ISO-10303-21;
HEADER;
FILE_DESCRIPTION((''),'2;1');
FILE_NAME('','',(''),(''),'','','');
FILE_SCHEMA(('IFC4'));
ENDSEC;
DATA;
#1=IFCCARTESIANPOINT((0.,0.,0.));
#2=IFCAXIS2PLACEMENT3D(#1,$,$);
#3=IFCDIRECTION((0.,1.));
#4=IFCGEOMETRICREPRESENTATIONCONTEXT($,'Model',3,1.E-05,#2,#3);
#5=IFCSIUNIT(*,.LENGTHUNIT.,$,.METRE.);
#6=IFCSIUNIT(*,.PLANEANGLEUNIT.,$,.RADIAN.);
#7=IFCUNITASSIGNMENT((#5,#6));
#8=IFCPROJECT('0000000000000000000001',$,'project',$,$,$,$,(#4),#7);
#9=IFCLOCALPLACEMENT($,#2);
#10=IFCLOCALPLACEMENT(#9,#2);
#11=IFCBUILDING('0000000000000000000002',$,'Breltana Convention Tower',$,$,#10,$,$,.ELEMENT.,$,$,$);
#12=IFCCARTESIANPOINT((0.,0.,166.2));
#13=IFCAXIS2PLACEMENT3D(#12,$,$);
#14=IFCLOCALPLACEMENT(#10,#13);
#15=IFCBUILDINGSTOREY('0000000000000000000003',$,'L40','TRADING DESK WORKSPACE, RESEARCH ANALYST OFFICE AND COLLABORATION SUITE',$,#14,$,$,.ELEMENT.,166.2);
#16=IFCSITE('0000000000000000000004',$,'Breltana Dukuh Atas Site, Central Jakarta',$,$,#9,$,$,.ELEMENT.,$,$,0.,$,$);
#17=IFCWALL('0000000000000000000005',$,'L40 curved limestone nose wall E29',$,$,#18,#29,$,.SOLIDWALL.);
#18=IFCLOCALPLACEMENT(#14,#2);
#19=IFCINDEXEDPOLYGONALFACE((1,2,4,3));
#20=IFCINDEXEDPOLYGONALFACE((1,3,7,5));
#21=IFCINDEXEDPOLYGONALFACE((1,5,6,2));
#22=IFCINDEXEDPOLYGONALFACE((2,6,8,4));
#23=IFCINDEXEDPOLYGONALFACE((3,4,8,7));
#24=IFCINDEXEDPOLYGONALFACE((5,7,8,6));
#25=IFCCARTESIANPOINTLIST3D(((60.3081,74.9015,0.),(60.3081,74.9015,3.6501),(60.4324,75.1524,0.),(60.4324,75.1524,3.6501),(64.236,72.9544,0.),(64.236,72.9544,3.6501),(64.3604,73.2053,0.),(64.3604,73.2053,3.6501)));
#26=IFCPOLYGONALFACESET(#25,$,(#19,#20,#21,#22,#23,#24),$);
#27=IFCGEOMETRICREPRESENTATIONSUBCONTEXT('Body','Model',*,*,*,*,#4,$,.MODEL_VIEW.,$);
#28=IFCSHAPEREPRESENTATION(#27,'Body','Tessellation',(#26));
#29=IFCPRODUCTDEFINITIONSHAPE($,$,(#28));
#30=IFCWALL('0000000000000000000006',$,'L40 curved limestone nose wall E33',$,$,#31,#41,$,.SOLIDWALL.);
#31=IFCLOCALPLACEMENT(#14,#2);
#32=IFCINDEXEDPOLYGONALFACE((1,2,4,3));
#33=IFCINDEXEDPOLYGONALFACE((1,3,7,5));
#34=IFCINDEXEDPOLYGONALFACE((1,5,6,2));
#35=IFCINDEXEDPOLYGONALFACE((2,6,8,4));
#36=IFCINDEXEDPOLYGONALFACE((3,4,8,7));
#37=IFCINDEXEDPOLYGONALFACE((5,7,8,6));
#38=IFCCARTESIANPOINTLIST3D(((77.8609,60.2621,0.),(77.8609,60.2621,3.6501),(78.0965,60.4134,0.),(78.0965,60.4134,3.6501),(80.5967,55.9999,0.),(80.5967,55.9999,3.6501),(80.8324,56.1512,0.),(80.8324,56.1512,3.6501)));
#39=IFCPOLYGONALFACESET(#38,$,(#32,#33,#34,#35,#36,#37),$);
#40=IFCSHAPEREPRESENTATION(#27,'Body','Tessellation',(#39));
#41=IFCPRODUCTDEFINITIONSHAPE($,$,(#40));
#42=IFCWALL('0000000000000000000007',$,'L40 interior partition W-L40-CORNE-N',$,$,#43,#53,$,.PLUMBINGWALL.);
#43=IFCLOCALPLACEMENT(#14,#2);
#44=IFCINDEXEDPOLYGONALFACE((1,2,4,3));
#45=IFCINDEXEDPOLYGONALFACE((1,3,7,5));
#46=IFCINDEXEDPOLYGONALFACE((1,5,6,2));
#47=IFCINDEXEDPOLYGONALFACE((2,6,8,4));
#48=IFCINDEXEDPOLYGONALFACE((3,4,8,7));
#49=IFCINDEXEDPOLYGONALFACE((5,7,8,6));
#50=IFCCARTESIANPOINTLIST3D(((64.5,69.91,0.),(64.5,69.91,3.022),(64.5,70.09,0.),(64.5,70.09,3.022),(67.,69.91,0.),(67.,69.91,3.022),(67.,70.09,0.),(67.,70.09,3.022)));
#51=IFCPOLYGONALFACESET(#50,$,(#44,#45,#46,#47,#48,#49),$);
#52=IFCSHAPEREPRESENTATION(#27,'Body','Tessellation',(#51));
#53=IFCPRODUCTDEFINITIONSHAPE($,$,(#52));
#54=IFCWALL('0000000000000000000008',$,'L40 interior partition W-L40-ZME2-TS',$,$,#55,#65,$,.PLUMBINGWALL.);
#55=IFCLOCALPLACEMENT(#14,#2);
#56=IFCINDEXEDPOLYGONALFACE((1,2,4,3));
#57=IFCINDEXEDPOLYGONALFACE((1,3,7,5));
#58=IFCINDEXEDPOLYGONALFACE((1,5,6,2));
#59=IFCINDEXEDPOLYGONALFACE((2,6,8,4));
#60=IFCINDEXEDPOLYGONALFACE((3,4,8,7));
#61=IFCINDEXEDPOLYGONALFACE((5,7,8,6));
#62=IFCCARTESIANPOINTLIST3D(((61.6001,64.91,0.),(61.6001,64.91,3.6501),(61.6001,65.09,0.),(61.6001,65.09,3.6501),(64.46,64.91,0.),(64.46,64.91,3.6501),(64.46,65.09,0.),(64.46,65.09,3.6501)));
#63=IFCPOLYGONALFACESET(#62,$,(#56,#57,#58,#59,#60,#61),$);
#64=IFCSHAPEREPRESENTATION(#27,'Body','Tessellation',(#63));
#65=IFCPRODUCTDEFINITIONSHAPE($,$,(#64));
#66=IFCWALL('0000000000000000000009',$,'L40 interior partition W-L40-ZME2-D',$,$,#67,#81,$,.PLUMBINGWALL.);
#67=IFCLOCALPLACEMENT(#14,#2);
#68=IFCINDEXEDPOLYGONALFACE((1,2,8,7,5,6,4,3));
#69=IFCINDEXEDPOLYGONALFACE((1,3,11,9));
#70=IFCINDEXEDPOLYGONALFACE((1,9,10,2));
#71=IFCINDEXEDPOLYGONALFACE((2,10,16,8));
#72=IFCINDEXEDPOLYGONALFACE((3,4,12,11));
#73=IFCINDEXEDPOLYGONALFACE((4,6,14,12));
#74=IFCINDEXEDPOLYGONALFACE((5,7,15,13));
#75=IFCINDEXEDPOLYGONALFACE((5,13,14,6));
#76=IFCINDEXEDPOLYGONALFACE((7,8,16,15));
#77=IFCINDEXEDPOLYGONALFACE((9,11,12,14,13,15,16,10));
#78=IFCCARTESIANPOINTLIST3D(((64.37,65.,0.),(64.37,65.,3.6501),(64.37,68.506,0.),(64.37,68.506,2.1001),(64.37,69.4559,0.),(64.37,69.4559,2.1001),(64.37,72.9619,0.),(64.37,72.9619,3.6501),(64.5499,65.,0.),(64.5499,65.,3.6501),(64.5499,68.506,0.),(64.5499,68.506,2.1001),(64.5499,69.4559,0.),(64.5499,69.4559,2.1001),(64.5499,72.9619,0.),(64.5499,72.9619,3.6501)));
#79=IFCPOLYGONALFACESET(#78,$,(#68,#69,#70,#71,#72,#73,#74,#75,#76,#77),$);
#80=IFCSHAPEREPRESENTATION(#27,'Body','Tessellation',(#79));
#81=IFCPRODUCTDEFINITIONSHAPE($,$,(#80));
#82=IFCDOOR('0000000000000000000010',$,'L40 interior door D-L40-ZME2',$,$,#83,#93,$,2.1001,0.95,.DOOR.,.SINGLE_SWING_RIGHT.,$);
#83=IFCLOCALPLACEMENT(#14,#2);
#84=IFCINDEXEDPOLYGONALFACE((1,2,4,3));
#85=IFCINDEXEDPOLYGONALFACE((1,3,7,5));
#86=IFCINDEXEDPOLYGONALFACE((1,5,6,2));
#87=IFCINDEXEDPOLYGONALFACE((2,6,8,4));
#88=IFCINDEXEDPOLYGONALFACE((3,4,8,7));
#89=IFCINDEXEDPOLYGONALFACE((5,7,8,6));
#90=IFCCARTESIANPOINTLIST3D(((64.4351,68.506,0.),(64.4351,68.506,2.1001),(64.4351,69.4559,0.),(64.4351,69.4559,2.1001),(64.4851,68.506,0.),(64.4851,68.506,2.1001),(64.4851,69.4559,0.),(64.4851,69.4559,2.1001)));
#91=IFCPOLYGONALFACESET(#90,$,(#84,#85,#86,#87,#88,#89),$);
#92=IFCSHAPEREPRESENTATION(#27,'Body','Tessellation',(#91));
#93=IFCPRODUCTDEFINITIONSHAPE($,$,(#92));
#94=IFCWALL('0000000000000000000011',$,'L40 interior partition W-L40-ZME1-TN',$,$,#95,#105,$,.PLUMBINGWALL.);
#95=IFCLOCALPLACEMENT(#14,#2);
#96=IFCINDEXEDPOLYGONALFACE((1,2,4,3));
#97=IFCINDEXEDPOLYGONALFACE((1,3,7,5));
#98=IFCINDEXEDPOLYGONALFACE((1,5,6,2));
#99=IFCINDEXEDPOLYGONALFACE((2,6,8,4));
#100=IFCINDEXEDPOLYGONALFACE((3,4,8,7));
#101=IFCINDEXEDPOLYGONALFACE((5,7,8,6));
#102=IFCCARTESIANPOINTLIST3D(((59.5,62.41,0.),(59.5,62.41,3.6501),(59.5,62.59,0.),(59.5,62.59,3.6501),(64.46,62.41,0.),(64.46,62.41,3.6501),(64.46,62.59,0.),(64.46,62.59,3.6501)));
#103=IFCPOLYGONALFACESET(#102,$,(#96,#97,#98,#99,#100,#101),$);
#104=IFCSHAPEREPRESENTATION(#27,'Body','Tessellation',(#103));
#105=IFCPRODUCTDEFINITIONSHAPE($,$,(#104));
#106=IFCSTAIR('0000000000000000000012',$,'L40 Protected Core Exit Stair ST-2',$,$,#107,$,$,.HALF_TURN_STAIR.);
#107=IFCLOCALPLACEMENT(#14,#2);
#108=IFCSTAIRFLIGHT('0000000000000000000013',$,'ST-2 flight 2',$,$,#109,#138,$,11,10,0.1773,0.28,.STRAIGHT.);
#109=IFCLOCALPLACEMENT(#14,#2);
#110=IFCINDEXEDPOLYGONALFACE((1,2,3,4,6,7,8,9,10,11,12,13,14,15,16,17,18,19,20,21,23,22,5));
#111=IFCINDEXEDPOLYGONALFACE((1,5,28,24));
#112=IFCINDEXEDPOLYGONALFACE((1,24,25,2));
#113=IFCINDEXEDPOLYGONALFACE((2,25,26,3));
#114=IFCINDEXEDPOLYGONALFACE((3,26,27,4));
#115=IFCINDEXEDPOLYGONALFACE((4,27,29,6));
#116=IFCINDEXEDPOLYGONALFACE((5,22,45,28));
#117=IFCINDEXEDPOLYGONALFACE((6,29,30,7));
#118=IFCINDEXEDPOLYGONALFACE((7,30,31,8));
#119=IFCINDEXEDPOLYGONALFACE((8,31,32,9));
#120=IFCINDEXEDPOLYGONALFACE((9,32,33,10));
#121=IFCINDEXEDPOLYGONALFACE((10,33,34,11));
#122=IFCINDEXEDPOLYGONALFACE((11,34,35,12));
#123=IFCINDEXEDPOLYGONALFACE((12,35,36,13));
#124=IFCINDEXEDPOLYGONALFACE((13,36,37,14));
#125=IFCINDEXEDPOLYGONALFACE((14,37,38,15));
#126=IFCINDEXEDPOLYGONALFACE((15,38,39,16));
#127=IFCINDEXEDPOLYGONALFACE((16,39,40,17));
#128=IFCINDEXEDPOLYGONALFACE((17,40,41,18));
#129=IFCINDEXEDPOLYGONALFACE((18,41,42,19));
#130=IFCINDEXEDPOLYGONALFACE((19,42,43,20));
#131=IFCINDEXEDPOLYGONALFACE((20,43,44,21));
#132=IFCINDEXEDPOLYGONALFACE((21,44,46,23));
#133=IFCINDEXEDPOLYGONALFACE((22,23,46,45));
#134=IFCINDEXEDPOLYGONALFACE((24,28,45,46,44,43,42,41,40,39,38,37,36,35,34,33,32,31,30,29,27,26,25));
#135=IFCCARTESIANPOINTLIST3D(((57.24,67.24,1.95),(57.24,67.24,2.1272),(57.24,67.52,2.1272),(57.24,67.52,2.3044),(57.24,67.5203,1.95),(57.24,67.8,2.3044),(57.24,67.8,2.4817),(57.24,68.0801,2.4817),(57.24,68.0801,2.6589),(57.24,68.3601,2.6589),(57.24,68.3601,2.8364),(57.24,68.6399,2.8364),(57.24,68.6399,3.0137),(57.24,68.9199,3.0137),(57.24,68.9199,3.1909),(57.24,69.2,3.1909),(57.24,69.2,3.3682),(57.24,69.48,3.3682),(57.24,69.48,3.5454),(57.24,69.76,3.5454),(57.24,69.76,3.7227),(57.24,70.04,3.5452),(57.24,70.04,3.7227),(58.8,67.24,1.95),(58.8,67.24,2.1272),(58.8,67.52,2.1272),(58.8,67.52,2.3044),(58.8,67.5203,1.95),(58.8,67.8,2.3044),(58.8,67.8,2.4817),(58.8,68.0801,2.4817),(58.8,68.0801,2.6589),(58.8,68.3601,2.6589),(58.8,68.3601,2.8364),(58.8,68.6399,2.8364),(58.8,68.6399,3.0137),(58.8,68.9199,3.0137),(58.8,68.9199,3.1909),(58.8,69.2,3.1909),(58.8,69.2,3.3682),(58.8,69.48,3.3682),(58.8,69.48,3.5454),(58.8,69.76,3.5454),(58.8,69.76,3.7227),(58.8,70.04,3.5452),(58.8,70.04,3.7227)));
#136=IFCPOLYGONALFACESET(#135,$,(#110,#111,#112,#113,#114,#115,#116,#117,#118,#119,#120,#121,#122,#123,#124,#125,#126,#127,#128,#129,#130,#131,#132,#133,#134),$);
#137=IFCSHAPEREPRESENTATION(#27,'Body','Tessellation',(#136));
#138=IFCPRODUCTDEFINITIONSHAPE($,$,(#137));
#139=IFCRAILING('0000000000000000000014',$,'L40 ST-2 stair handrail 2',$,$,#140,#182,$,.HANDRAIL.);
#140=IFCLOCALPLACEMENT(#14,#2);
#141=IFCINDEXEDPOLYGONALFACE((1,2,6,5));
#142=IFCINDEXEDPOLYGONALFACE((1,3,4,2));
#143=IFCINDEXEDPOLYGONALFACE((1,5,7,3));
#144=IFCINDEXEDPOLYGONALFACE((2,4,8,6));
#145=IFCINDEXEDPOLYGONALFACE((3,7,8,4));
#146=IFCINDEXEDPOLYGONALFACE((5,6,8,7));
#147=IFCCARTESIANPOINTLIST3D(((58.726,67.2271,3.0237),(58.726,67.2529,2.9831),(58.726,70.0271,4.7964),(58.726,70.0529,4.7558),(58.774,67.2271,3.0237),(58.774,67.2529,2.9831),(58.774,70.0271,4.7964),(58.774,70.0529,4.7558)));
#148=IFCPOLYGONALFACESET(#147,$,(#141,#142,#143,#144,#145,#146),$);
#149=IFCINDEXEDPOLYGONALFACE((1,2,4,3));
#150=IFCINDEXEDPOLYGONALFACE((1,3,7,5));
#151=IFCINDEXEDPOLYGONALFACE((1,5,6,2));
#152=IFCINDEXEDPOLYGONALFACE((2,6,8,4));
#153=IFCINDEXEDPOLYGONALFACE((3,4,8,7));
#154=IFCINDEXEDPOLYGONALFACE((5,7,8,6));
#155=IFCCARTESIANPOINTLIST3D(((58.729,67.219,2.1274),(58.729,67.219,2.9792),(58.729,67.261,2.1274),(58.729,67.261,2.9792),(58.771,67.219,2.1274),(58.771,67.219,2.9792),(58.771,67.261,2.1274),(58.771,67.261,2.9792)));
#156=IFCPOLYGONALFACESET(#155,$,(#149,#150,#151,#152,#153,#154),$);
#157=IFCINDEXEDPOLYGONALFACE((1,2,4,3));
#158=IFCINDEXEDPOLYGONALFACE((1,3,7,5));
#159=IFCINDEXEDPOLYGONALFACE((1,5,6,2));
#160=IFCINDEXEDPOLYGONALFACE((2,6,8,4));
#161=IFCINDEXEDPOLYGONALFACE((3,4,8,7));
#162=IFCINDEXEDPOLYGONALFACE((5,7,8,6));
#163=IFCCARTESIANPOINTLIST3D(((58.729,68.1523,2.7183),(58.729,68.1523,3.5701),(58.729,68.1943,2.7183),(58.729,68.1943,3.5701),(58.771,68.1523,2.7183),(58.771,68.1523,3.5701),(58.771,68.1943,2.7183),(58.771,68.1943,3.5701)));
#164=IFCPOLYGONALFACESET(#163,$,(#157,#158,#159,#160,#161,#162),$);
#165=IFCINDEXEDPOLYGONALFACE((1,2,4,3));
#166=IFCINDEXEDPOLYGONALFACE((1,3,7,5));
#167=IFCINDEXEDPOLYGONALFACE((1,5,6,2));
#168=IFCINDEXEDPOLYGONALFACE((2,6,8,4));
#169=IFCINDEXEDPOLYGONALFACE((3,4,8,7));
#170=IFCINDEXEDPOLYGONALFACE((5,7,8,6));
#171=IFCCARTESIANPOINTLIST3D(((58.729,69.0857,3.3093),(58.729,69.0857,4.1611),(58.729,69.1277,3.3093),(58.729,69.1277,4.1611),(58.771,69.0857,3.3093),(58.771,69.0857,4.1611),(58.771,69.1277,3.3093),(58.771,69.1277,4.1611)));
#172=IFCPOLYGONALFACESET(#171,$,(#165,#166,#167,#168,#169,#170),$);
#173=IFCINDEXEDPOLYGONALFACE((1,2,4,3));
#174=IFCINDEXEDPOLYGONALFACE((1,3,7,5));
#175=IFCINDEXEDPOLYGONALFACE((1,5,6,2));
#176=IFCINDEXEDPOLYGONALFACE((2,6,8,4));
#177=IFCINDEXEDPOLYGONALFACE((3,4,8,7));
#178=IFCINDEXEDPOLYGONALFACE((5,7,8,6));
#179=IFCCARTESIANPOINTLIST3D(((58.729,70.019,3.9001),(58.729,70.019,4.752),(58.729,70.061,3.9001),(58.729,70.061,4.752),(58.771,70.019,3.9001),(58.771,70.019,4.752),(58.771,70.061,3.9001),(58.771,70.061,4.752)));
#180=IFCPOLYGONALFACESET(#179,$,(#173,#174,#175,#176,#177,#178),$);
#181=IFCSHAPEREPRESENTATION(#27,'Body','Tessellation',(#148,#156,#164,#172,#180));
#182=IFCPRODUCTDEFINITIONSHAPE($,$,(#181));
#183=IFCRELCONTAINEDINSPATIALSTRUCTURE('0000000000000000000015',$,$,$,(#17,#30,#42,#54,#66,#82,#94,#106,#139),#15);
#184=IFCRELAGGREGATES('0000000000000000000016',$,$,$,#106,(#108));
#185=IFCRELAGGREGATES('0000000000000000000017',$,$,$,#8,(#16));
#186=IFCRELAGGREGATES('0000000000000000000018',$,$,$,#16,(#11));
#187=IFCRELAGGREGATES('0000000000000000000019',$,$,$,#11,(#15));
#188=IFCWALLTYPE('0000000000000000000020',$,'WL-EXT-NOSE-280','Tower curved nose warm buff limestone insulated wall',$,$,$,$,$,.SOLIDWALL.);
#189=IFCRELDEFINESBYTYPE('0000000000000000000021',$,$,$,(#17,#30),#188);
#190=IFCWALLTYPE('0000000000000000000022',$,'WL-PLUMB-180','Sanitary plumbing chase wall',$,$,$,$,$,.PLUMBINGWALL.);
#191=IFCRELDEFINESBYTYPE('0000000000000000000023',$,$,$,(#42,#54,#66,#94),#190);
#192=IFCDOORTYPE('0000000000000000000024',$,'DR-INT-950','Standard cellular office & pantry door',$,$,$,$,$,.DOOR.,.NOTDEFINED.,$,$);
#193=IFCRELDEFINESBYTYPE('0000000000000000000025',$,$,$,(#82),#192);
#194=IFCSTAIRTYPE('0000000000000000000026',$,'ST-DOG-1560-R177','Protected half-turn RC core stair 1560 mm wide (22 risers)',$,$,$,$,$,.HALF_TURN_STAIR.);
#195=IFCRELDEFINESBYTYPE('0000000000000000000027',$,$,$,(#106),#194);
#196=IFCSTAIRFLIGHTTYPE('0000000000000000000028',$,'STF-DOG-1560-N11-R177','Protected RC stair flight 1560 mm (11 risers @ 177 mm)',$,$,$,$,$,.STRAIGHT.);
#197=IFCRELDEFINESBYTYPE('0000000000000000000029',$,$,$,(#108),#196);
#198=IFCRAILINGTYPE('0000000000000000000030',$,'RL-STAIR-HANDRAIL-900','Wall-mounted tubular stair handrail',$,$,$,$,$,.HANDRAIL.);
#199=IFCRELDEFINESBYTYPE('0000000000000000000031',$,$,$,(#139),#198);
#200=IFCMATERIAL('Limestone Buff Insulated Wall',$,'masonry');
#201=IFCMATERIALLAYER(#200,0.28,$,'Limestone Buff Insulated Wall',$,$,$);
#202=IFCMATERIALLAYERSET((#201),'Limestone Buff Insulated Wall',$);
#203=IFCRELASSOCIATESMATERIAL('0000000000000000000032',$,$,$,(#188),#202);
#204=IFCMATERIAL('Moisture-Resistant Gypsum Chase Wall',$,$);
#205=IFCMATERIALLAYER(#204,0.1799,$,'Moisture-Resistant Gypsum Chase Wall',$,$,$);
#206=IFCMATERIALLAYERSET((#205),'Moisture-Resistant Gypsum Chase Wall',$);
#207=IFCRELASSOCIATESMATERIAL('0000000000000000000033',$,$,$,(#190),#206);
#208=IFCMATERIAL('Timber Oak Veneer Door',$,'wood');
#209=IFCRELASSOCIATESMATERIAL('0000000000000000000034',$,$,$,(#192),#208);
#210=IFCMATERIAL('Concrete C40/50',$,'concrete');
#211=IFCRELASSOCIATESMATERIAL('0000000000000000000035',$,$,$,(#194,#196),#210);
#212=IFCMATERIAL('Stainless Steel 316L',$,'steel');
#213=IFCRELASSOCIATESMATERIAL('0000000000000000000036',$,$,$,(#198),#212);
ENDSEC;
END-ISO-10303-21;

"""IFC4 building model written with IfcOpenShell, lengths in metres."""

from ifc_helpers import new_model, si_unit, direction, frame, frame_2d, origin, origin_2d, place, context, subcontext, project, spatial, polyline, rectangle, outline, extrude, source, transform, mapped, material, layer, layer_set, type_object, type_shapes, element, fill, aggregate, save


model = new_model("IFC4")

# Units and contexts
model_context = context("Model", 3, precision=1e-05, world=origin(), true_north=direction((0.0, 1.0)))
body_context = subcontext(model_context, "Body", "Model", "MODEL_VIEW")
ifc_project = project(units=[si_unit("LENGTHUNIT", "METRE"), si_unit("PLANEANGLEUNIT", "RADIAN")], contexts=[model_context])

# Site, building, storey
site_placement = place(None, origin())
site = spatial("IfcSite", under=ifc_project, at=site_placement, Name="Breltana Dukuh Atas Site, Central Jakarta", CompositionType="ELEMENT", RefElevation=0.0)
building_placement = place(site_placement, origin())
building = spatial("IfcBuilding", under=site, at=building_placement, Name="Breltana Convention Tower", CompositionType="ELEMENT")
storey_placement = place(building_placement, frame((0.0, 0.0, 166.2)))
storey = spatial("IfcBuildingStorey", under=building, at=storey_placement, Name="L40", Description="TRADING DESK WORKSPACE, RESEARCH ANALYST OFFICE AND COLLABORATION SUITE", CompositionType="ELEMENT", Elevation=166.2)

# Walls
ifc_material_1 = material(Name="Limestone Buff Insulated Wall", Category="masonry")
ifc_layer_1 = layer(ifc_material_1, 0.28, Name="Limestone Buff Insulated Wall")
ifc_layer_set_1 = layer_set([ifc_layer_1], Name="Limestone Buff Insulated Wall")
wall_type_1 = type_object("IfcWallType", Name="WL-EXT-NOSE-280", Description="Tower curved nose warm buff limestone insulated wall", PredefinedType="SOLIDWALL", material=ifc_layer_set_1)
shared_shape_1 = source(origin(), body_context, "Body", "SweptSolid", [
    extrude(rectangle(XDim=4.384, YDim=0.28, at=frame_2d((2.1919, 0.0))), origin(), (0.0, 0.0, 1.0), 3.6501),
])
wall_1_placement = place(storey_placement, frame((60.3704, 75.0269, 0.0), z_axis=(0.0, 0.0, 1.0), x_axis=(0.89597, -0.444115, 0.0)))
element("IfcWall", 1, at=wall_1_placement, inside=storey, type_object=wall_type_1, Name="L40 curved limestone nose wall E29", PredefinedType="SOLIDWALL", context=body_context, shape_type="MappedRepresentation", body=[
    mapped(shared_shape_1, transform((0.0, 0.0, 0.0), scale=1.0)),
])
shared_shape_2 = source(origin(), body_context, "Body", "SweptSolid", [
    extrude(rectangle(XDim=5.0647, YDim=0.28, at=frame_2d((2.5322, 0.0))), origin(), (0.0, 0.0, 1.0), 3.6501),
])
wall_2_placement = place(storey_placement, frame((77.9788, 60.3376, 0.0), z_axis=(0.0, 0.0, 1.0), x_axis=(0.540178, -0.841551, 0.0)))
element("IfcWall", 2, at=wall_2_placement, inside=storey, type_object=wall_type_1, Name="L40 curved limestone nose wall E33", PredefinedType="SOLIDWALL", context=body_context, shape_type="MappedRepresentation", body=[
    mapped(shared_shape_2, transform((0.0, 0.0, 0.0), scale=1.0)),
])
ifc_material_2 = material(Name="Moisture-Resistant Gypsum Chase Wall")
ifc_layer_2 = layer(ifc_material_2, 0.1799, Name="Moisture-Resistant Gypsum Chase Wall")
ifc_layer_set_2 = layer_set([ifc_layer_2], Name="Moisture-Resistant Gypsum Chase Wall")
wall_type_2 = type_object("IfcWallType", Name="WL-PLUMB-180", Description="Sanitary plumbing chase wall", PredefinedType="PLUMBINGWALL", material=ifc_layer_set_2)
shared_shape_3 = source(origin(), body_context, "Body", "SweptSolid", [
    extrude(rectangle(XDim=2.5, YDim=0.1799, at=frame_2d((1.25, 0.0))), origin(), (0.0, 0.0, 1.0), 3.022),
])
wall_3_placement = place(storey_placement, frame((64.5, 70.0, 0.0), z_axis=(0.0, 0.0, 1.0), x_axis=(1.0, 0.0, 0.0)))
element("IfcWall", 3, at=wall_3_placement, inside=storey, type_object=wall_type_2, Name="L40 interior partition W-L40-CORNE-N", PredefinedType="PLUMBINGWALL", context=body_context, shape_type="MappedRepresentation", body=[
    mapped(shared_shape_3, transform((0.0, 0.0, 0.0), scale=1.0)),
])
shared_shape_4 = source(origin(), body_context, "Body", "SweptSolid", [
    extrude(rectangle(XDim=2.8599, YDim=0.1799, at=frame_2d((1.4299, 0.0))), origin(), (0.0, 0.0, 1.0), 3.6501),
])
wall_4_placement = place(storey_placement, frame((61.6001, 65.0, 0.0), z_axis=(0.0, 0.0, 1.0), x_axis=(1.0, 0.0, 0.0)))
element("IfcWall", 4, at=wall_4_placement, inside=storey, type_object=wall_type_2, Name="L40 interior partition W-L40-ZME2-TS", PredefinedType="PLUMBINGWALL", context=body_context, shape_type="MappedRepresentation", body=[
    mapped(shared_shape_4, transform((0.0, 0.0, 0.0), scale=1.0)),
])

# Wall, opening, door
shared_shape_5 = source(origin(), body_context, "Body", "SweptSolid", [
    extrude(rectangle(XDim=7.9619, YDim=0.1799, at=frame_2d((3.981, 0.0))), origin(), (0.0, 0.0, 1.0), 3.6501),
])
wall_5_placement = place(storey_placement, frame((64.46, 65.0, 0.0), z_axis=(0.0, 0.0, 1.0), x_axis=(0.0, 1.0, 0.0)))
wall_5 = element("IfcWall", 5, at=wall_5_placement, inside=storey, type_object=wall_type_2, Name="L40 interior partition W-L40-ZME2-D", PredefinedType="PLUMBINGWALL", context=body_context, shape_type="MappedRepresentation", body=[
    mapped(shared_shape_5, transform((0.0, 0.0, 0.0), scale=1.0)),
])
opening_placement = place(wall_5_placement, frame((3.5059, 0.0, 0.0)))
opening = element("IfcOpeningElement", 6, at=opening_placement, cuts=wall_5, PredefinedType="OPENING", context=body_context, shape_type="SweptSolid", body=[
    extrude(rectangle(XDim=0.95, YDim=2.1001, at=frame_2d((0.4751, 1.05))), frame((0.0, 0.1001, 0.0), z_axis=(0.0, -1.0, 0.0), x_axis=(1.0, 0.0, 0.0)), (0.0, 0.0, 1.0), 0.2),
])
ifc_material_3 = material(Name="Timber Oak Veneer Door", Category="wood")
door_type = type_object("IfcDoorType", Name="DR-INT-950", Description="Standard cellular office & pantry door", OperationType="NOTDEFINED", PredefinedType="DOOR", material=ifc_material_3)
shared_shape_6 = source(origin(), body_context, "Body", "SweptSolid", [
    extrude(rectangle(XDim=0.95, YDim=2.1001, at=frame_2d((0.4751, 1.05))), frame((0.0, 0.0249, 0.0), z_axis=(0.0, -1.0, 0.0), x_axis=(1.0, 0.0, 0.0)), (0.0, 0.0, 1.0), 0.05),
])
type_shapes(door_type, [shared_shape_6])
door_placement = place(opening_placement, origin())
door = element("IfcDoor", 7, at=door_placement, inside=storey, type_object=door_type, Name="L40 interior door D-L40-ZME2", OperationType="SINGLE_SWING_RIGHT", OverallHeight=2.1001, OverallWidth=0.95, PredefinedType="DOOR", context=body_context, shape_type="MappedRepresentation", body=[
    mapped(shared_shape_6, transform((0.0, 0.0, 0.0), scale=1.0)),
])
fill(opening, door)

# Wall
shared_shape_7 = source(origin(), body_context, "Body", "SweptSolid", [
    extrude(rectangle(XDim=4.96, YDim=0.1799, at=frame_2d((2.48, 0.0))), origin(), (0.0, 0.0, 1.0), 3.6501),
])
wall_6_placement = place(storey_placement, frame((59.5, 62.5, 0.0), z_axis=(0.0, 0.0, 1.0), x_axis=(1.0, 0.0, 0.0)))
element("IfcWall", 8, at=wall_6_placement, inside=storey, type_object=wall_type_2, Name="L40 interior partition W-L40-ZME1-TN", PredefinedType="PLUMBINGWALL", context=body_context, shape_type="MappedRepresentation", body=[
    mapped(shared_shape_7, transform((0.0, 0.0, 0.0), scale=1.0)),
])

# Stair, stair flight
ifc_material_4 = material(Name="Concrete C40/50", Category="concrete")
stair_type = type_object("IfcStairType", Name="ST-DOG-1560-R177", Description="Protected half-turn RC core stair 1560 mm wide (22 risers)", PredefinedType="HALF_TURN_STAIR", material=ifc_material_4)
stair_placement = place(storey_placement, origin())
stair = element("IfcStair", 9, at=stair_placement, inside=storey, type_object=stair_type, Name="L40 Protected Core Exit Stair ST-2", PredefinedType="HALF_TURN_STAIR")
stair_flight_type = type_object("IfcStairFlightType", Name="STF-DOG-1560-N11-R177", Description="Protected RC stair flight 1560 mm (11 risers @ 177 mm)", PredefinedType="STRAIGHT", material=ifc_material_4)
stair_flight_placement = place(storey_placement, frame((58.02, 67.24, 1.95), z_axis=(0.0, 0.0, 1.0), x_axis=(0.0, 1.0, 0.0)))
stair_flight = element("IfcStairFlight", 10, at=stair_flight_placement, type_object=stair_flight_type, Name="ST-2 flight 2", NumberOfRisers=11, NumberOfTreads=10, PredefinedType="STRAIGHT", RiserHeight=0.1773, TreadLength=0.28, context=body_context, shape_type="SweptSolid", body=[
    extrude(outline(polyline([(0.0, 0.0), (0.0, 0.1772), (0.28, 0.1772), (0.28, 0.3545), (0.5601, 0.3545), (0.5601, 0.5317), (0.8401, 0.5317), (0.8401, 0.709), (1.1201, 0.709), (1.1201, 0.8865), (1.3999, 0.8865), (1.3999, 1.0637), (1.6799, 1.0637), (1.6799, 1.241), (1.96, 1.241), (1.96, 1.4182), (2.24, 1.4182), (2.24, 1.5955), (2.52, 1.5955), (2.52, 1.7727), (2.8, 1.7727), (2.8, 1.95), (2.8, 1.5952), (0.2803, 0.0), (0.0, 0.0)])), frame((0.0, 0.78, 0.0), z_axis=(0.0, -1.0, 0.0), x_axis=(1.0, 0.0, 0.0)), (0.0, 0.0, 1.0), 1.5601),
])
aggregate(stair, [stair_flight])

# Railing
ifc_material_5 = material(Name="Stainless Steel 316L", Category="steel")
railing_type = type_object("IfcRailingType", Name="RL-STAIR-HANDRAIL-900", Description="Wall-mounted tubular stair handrail", PredefinedType="HANDRAIL", material=ifc_material_5)
railing_placement = place(storey_placement, frame((58.75, 67.24, 2.1274)))
element("IfcRailing", 11, at=railing_placement, inside=storey, type_object=railing_type, Name="L40 ST-2 stair handrail 2", PredefinedType="HANDRAIL", context=body_context, shape_type="SweptSolid", body=[
    extrude(rectangle(XDim=0.0481, YDim=0.0481, at=origin_2d()), frame((0.0, 0.0, 0.876), z_axis=(0.0, 0.844909, 0.53491), x_axis=(-1.0, 0.0, 0.0)), (0.0, 0.0, 1.0), 3.314),
    extrude(rectangle(XDim=0.042, YDim=0.042, at=origin_2d()), origin(), (0.0, 0.0, 1.0), 0.8518),
    extrude(rectangle(XDim=0.042, YDim=0.042, at=origin_2d()), frame((0.0, 0.9333, 0.5908)), (0.0, 0.0, 1.0), 0.8518),
    extrude(rectangle(XDim=0.042, YDim=0.042, at=origin_2d()), frame((0.0, 1.8667, 1.1819)), (0.0, 0.0, 1.0), 0.8518),
    extrude(rectangle(XDim=0.042, YDim=0.042, at=origin_2d()), frame((0.0, 2.8, 1.7727)), (0.0, 0.0, 1.0), 0.8518),
])

save(model, "model.ifc")
